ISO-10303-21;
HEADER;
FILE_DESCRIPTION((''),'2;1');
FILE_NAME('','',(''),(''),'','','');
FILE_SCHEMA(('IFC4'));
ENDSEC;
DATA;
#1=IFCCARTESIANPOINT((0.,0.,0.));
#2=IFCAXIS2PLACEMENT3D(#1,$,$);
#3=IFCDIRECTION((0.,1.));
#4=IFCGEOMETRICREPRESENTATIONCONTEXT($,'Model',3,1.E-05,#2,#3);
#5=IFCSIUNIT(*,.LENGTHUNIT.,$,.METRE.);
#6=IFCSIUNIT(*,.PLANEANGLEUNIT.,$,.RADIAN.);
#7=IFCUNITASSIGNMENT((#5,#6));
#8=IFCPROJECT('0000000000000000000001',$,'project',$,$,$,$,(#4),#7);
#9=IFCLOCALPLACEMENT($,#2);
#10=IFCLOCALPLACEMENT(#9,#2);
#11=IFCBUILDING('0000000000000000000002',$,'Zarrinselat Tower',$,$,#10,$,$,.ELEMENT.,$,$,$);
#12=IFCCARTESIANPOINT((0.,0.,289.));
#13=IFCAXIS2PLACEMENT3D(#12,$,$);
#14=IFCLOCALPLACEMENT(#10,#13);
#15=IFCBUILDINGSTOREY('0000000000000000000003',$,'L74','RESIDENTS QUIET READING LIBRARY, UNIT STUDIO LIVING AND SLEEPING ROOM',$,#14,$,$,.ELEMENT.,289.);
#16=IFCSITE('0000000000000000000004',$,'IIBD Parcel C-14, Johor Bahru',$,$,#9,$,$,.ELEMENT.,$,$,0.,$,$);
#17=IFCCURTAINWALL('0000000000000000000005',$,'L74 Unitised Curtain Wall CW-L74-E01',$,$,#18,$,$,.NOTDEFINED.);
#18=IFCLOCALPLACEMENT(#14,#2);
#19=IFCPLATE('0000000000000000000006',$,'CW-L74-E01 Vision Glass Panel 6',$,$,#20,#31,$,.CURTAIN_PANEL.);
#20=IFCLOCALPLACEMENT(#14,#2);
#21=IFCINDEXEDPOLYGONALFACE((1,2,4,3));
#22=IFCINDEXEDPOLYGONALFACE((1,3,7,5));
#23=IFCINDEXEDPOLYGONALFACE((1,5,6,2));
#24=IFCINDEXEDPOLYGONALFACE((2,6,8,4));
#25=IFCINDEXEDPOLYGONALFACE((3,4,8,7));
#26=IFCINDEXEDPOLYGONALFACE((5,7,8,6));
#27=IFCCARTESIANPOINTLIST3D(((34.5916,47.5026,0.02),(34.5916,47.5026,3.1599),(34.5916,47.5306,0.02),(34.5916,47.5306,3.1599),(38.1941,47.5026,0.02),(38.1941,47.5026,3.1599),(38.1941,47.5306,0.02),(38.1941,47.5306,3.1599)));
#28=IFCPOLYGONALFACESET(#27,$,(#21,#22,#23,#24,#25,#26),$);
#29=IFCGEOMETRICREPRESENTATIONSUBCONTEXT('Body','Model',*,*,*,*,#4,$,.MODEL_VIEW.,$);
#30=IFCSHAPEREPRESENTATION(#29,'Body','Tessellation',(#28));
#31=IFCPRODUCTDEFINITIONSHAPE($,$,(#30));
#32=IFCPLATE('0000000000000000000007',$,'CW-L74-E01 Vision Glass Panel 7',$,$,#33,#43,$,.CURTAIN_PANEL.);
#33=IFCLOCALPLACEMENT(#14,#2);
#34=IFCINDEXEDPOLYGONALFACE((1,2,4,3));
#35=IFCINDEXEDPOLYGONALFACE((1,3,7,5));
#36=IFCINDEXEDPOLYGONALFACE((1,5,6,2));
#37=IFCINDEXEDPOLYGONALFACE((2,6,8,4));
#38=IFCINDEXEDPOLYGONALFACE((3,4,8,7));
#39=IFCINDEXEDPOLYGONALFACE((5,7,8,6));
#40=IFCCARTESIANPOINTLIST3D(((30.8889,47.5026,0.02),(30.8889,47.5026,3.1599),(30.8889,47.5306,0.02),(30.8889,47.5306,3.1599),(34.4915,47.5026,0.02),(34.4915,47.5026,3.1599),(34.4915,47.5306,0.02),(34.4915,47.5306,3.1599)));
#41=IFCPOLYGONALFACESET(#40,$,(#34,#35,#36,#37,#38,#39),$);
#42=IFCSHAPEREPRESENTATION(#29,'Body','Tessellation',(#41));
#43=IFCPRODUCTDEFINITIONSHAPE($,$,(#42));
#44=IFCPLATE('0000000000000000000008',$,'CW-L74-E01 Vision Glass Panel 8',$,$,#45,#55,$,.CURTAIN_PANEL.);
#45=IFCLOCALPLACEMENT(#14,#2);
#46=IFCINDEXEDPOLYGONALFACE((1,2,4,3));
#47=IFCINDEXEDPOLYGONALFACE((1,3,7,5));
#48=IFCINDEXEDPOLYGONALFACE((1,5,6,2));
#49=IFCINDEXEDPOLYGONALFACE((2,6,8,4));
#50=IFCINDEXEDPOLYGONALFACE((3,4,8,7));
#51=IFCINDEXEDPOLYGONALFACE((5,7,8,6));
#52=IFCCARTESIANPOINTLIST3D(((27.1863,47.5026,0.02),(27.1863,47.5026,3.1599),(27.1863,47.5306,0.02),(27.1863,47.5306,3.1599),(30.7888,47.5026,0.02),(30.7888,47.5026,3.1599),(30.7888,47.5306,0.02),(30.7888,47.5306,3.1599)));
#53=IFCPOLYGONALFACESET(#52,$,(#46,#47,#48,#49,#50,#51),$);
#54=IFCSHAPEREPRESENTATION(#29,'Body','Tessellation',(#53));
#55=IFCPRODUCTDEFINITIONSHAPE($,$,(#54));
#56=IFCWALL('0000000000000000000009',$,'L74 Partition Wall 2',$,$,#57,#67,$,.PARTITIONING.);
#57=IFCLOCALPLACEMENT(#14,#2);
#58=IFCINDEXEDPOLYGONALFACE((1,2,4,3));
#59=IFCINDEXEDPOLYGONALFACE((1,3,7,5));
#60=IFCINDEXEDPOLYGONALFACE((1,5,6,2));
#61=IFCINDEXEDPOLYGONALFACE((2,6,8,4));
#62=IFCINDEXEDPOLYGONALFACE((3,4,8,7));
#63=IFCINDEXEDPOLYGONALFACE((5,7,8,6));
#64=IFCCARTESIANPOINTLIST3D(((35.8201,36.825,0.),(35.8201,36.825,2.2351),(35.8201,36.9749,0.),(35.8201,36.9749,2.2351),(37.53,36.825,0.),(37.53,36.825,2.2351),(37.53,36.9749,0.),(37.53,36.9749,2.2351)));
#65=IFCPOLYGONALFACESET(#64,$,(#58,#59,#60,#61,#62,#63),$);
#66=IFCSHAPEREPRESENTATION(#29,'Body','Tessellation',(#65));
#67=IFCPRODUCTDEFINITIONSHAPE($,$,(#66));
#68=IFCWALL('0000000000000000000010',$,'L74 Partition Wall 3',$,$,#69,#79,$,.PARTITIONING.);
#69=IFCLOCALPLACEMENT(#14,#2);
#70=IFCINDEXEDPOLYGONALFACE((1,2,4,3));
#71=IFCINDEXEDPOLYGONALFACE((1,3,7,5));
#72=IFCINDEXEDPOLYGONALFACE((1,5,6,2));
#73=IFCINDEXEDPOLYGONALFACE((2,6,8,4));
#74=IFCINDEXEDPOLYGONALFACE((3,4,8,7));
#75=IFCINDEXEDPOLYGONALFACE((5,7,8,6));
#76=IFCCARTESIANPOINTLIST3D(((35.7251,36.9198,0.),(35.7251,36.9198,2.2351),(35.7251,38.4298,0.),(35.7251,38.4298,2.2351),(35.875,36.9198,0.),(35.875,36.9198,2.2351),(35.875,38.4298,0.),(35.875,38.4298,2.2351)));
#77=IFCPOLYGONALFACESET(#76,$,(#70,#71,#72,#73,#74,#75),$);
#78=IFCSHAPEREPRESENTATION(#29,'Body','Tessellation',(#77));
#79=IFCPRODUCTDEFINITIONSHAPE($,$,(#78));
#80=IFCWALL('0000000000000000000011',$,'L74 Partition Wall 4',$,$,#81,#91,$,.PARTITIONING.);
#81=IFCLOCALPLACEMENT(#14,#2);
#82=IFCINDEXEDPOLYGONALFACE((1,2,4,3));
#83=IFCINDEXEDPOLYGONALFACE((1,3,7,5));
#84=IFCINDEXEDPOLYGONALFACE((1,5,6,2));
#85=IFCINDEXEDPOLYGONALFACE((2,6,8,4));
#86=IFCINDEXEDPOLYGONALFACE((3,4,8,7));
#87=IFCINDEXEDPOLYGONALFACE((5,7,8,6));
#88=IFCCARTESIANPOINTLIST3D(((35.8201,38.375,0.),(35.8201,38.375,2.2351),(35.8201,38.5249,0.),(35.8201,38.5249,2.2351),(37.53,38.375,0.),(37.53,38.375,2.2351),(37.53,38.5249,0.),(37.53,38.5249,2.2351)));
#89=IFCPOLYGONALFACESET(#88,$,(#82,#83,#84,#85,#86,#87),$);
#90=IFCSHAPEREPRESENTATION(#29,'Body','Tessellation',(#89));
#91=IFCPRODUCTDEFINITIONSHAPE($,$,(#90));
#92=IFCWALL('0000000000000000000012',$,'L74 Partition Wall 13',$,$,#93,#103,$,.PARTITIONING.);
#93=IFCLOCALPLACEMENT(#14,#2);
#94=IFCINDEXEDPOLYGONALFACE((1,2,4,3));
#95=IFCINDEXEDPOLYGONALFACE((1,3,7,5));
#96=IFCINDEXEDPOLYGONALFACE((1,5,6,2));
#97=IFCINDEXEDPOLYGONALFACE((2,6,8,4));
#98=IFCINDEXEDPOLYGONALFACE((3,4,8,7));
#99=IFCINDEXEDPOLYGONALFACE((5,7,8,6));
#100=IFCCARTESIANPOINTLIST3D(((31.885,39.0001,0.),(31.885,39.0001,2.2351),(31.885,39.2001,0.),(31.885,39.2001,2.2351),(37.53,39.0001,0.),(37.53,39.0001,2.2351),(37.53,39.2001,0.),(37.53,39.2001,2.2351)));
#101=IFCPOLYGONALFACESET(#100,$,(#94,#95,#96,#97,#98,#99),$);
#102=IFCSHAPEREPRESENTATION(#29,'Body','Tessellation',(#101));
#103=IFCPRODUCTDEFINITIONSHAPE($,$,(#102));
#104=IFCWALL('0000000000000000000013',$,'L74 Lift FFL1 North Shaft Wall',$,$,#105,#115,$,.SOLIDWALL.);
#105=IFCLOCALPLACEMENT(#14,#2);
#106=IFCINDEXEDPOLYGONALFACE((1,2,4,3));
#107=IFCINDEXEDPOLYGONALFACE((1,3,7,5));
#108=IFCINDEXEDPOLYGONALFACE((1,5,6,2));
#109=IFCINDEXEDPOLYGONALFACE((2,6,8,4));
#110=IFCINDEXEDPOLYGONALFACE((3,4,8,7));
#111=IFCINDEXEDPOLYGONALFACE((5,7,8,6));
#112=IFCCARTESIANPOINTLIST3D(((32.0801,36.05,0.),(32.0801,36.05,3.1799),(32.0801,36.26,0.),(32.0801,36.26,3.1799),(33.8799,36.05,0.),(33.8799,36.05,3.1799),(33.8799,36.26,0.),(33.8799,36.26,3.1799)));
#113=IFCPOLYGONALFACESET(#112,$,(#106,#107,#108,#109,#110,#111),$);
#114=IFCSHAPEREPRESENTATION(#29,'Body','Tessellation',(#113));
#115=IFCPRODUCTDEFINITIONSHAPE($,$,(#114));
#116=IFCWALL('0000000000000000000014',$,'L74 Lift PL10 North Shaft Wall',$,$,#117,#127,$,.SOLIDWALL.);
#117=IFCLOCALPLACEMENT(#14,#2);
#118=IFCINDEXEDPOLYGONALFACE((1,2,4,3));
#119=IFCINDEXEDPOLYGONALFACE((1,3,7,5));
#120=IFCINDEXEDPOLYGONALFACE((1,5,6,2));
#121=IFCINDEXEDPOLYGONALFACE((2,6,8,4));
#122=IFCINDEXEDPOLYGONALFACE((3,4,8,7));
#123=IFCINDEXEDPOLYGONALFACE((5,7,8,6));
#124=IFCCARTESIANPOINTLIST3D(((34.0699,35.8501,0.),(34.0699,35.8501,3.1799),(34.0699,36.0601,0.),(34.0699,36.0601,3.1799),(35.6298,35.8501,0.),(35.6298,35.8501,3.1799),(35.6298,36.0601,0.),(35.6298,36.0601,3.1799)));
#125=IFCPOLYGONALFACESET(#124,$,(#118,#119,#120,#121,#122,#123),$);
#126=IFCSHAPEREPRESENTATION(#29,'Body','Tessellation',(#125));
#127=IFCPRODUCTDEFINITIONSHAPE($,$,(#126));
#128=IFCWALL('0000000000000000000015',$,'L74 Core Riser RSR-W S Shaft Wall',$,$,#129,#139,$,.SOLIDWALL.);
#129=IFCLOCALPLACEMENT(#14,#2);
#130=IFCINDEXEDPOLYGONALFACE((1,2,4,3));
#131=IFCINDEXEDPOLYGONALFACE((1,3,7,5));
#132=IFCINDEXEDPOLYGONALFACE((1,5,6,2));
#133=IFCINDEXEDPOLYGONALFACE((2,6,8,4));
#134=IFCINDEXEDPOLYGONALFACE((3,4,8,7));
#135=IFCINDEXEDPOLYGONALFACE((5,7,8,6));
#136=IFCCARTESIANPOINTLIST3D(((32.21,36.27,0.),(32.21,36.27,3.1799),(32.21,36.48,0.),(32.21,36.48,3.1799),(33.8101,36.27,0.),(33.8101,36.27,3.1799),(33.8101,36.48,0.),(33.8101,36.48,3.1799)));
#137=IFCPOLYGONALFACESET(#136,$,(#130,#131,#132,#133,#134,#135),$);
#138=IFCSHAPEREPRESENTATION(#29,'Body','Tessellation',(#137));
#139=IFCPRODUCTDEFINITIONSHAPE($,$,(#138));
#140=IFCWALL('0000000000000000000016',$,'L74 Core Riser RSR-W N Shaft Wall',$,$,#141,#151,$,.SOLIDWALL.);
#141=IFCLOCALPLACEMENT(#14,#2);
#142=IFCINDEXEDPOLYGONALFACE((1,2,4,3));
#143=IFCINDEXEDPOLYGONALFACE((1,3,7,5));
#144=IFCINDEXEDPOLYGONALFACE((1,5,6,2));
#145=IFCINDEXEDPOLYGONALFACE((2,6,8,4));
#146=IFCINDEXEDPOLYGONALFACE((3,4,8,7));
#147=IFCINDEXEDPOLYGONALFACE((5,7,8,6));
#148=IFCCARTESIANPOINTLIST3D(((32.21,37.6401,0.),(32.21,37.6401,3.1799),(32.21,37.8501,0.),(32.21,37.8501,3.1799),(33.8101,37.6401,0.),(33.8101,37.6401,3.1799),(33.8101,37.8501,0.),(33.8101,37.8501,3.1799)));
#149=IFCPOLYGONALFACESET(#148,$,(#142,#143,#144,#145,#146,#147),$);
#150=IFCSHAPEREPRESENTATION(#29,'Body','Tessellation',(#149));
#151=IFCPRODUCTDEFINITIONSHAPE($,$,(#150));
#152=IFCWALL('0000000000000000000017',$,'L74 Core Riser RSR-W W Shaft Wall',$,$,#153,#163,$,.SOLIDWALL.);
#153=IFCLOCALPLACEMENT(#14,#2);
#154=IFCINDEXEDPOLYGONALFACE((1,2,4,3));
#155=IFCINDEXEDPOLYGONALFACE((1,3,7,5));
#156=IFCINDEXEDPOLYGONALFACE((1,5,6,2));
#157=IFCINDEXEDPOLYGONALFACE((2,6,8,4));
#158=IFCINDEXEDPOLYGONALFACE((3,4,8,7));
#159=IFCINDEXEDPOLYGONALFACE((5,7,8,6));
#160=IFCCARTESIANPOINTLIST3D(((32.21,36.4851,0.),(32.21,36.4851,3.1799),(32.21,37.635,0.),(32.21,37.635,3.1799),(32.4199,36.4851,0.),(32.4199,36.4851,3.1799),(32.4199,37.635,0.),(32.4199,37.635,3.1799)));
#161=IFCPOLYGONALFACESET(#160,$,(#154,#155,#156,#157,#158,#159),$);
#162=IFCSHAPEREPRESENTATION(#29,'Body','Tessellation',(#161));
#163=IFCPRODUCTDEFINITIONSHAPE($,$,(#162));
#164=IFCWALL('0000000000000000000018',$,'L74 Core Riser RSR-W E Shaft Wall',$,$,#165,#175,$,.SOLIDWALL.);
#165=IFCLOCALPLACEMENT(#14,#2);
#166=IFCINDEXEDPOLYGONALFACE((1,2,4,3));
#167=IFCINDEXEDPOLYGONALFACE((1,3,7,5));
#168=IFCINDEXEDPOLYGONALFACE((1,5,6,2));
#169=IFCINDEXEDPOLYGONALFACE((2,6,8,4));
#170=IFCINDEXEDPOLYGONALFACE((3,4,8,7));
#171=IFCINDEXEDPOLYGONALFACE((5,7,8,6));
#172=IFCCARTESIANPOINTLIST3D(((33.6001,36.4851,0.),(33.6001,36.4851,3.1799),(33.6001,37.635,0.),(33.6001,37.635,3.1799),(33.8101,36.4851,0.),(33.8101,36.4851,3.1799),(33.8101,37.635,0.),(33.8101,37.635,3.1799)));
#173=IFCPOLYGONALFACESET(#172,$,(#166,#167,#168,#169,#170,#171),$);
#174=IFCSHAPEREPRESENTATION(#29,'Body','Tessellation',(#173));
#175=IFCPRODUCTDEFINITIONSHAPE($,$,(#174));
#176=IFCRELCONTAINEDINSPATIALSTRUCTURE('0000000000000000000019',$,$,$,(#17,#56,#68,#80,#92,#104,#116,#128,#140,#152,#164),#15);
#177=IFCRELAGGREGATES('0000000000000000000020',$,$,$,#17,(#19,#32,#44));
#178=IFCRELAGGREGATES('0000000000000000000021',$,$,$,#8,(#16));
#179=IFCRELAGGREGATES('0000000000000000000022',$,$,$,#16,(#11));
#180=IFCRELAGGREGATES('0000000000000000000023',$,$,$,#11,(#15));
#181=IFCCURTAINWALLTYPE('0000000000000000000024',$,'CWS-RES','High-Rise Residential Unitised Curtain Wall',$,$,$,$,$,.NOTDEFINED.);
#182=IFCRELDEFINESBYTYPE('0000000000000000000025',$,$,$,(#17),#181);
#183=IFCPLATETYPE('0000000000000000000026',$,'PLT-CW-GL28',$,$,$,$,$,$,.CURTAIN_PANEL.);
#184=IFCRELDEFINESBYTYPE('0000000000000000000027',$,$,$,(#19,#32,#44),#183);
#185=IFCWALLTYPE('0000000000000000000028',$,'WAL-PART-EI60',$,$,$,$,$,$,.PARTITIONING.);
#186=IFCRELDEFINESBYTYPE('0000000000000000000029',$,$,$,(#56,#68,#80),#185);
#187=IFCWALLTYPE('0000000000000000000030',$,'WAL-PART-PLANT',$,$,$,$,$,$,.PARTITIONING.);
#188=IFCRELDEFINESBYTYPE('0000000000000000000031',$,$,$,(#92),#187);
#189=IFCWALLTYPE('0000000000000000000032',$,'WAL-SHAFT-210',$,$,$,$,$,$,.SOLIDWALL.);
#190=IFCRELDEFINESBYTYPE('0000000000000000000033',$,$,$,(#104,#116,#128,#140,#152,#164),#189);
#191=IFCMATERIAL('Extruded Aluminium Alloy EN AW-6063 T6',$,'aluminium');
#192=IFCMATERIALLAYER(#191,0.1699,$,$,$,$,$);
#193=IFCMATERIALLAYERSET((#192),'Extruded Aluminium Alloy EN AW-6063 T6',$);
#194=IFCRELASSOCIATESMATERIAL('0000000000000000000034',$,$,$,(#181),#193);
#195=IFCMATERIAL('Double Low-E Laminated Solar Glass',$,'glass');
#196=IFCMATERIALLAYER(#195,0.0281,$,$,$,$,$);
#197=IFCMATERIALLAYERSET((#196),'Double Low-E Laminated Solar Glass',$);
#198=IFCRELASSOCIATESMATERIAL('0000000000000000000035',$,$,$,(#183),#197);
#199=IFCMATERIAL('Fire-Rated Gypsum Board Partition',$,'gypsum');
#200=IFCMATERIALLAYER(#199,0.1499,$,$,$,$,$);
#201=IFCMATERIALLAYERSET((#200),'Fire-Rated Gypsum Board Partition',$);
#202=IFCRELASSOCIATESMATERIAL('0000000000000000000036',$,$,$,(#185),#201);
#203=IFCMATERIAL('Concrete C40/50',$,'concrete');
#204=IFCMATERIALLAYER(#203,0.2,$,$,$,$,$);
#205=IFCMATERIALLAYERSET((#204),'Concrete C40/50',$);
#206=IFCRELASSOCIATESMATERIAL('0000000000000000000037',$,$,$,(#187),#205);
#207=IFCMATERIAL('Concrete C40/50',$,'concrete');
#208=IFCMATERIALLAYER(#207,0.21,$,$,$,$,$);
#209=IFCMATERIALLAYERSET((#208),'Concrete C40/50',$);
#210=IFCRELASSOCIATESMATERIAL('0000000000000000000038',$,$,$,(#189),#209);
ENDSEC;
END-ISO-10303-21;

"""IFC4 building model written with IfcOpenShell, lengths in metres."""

from ifc_helpers import new_model, si_unit, direction, frame, frame_2d, origin, origin_2d, place, context, subcontext, project, spatial, rectangle, extrude, material, layer, layer_set, type_object, element, aggregate, save


model = new_model("IFC4")

# Units and contexts
model_context = context("Model", 3, precision=1e-05, world=origin(), true_north=direction((0.0, 1.0)))
body_context = subcontext(model_context, "Body", "Model", "MODEL_VIEW")
ifc_project = project(units=[si_unit("LENGTHUNIT", "METRE"), si_unit("PLANEANGLEUNIT", "RADIAN")], contexts=[model_context])

# Site, building, storey
site_placement = place(None, origin())
site = spatial("IfcSite", under=ifc_project, at=site_placement, Name="IIBD Parcel C-14, Johor Bahru", CompositionType="ELEMENT", RefElevation=0.0)
building_placement = place(site_placement, origin())
building = spatial("IfcBuilding", under=site, at=building_placement, Name="Zarrinselat Tower", CompositionType="ELEMENT")
storey_placement = place(building_placement, frame((0.0, 0.0, 289.0)))
storey = spatial("IfcBuildingStorey", under=building, at=storey_placement, Name="L74", Description="RESIDENTS QUIET READING LIBRARY, UNIT STUDIO LIVING AND SLEEPING ROOM", CompositionType="ELEMENT", Elevation=289.0)

# Curtain wall, plates
ifc_material_1 = material(Name="Extruded Aluminium Alloy EN AW-6063 T6", Category="aluminium")
ifc_layer_1 = layer(ifc_material_1, 0.1699)
ifc_layer_set_1 = layer_set([ifc_layer_1], Name="Extruded Aluminium Alloy EN AW-6063 T6")
curtain_wall_type = type_object("IfcCurtainWallType", Name="CWS-RES", Description="High-Rise Residential Unitised Curtain Wall", PredefinedType="NOTDEFINED", material=ifc_layer_set_1)
curtain_wall_placement = place(storey_placement, origin())
curtain_wall = element("IfcCurtainWall", 1, at=curtain_wall_placement, inside=storey, type_object=curtain_wall_type, Name="L74 Unitised Curtain Wall CW-L74-E01", PredefinedType="NOTDEFINED")
ifc_material_2 = material(Name="Double Low-E Laminated Solar Glass", Category="glass")
ifc_layer_2 = layer(ifc_material_2, 0.0281)
ifc_layer_set_2 = layer_set([ifc_layer_2], Name="Double Low-E Laminated Solar Glass")
plate_type = type_object("IfcPlateType", Name="PLT-CW-GL28", PredefinedType="CURTAIN_PANEL", material=ifc_layer_set_2)
plate_1_placement = place(storey_placement, frame((36.3928, 47.5166, 0.02), z_axis=(0.0, 0.0, 1.0), x_axis=(-1.0, 0.0, 0.0)))
plate_1 = element("IfcPlate", 2, at=plate_1_placement, type_object=plate_type, Name="CW-L74-E01 Vision Glass Panel 6", PredefinedType="CURTAIN_PANEL", context=body_context, shape_type="SweptSolid", body=[
    extrude(rectangle(XDim=3.6025, YDim=0.0281, at=origin_2d()), origin(), (0.0, 0.0, 1.0), 3.1399),
])
plate_2_placement = place(storey_placement, frame((32.6902, 47.5166, 0.02), z_axis=(0.0, 0.0, 1.0), x_axis=(-1.0, 0.0, 0.0)))
plate_2 = element("IfcPlate", 3, at=plate_2_placement, type_object=plate_type, Name="CW-L74-E01 Vision Glass Panel 7", PredefinedType="CURTAIN_PANEL", context=body_context, shape_type="SweptSolid", body=[
    extrude(rectangle(XDim=3.6025, YDim=0.0281, at=origin_2d()), origin(), (0.0, 0.0, 1.0), 3.1399),
])
plate_3_placement = place(storey_placement, frame((28.9875, 47.5166, 0.02), z_axis=(0.0, 0.0, 1.0), x_axis=(-1.0, 0.0, 0.0)))
plate_3 = element("IfcPlate", 4, at=plate_3_placement, type_object=plate_type, Name="CW-L74-E01 Vision Glass Panel 8", PredefinedType="CURTAIN_PANEL", context=body_context, shape_type="SweptSolid", body=[
    extrude(rectangle(XDim=3.6025, YDim=0.0281, at=origin_2d()), origin(), (0.0, 0.0, 1.0), 3.1399),
])
aggregate(curtain_wall, [plate_1, plate_2, plate_3])

# Walls
ifc_material_3 = material(Name="Fire-Rated Gypsum Board Partition", Category="gypsum")
ifc_layer_3 = layer(ifc_material_3, 0.1499)
ifc_layer_set_3 = layer_set([ifc_layer_3], Name="Fire-Rated Gypsum Board Partition")
wall_type_1 = type_object("IfcWallType", Name="WAL-PART-EI60", PredefinedType="PARTITIONING", material=ifc_layer_set_3)
wall_1_placement = place(storey_placement, frame((35.8201, 36.8999, 0.0), z_axis=(0.0, 0.0, 1.0), x_axis=(1.0, 0.0, 0.0)))
element("IfcWall", 5, at=wall_1_placement, inside=storey, type_object=wall_type_1, Name="L74 Partition Wall 2", PredefinedType="PARTITIONING", context=body_context, shape_type="SweptSolid", body=[
    extrude(rectangle(XDim=1.71, YDim=0.1499, at=frame_2d((0.855, 0.0))), origin(), (0.0, 0.0, 1.0), 2.2351),
])
wall_2_placement = place(storey_placement, frame((35.8, 36.9199, 0.0), z_axis=(0.0, 0.0, 1.0), x_axis=(0.0, 1.0, 0.0)))
element("IfcWall", 6, at=wall_2_placement, inside=storey, type_object=wall_type_1, Name="L74 Partition Wall 3", PredefinedType="PARTITIONING", context=body_context, shape_type="SweptSolid", body=[
    extrude(rectangle(XDim=1.51, YDim=0.1499, at=frame_2d((0.7549, 0.0))), origin(), (0.0, 0.0, 1.0), 2.2351),
])
wall_3_placement = place(storey_placement, frame((35.8201, 38.45, 0.0), z_axis=(0.0, 0.0, 1.0), x_axis=(1.0, 0.0, 0.0)))
element("IfcWall", 7, at=wall_3_placement, inside=storey, type_object=wall_type_1, Name="L74 Partition Wall 4", PredefinedType="PARTITIONING", context=body_context, shape_type="SweptSolid", body=[
    extrude(rectangle(XDim=1.71, YDim=0.1499, at=frame_2d((0.855, 0.0))), origin(), (0.0, 0.0, 1.0), 2.2351),
])
ifc_material_4 = material(Name="Concrete C40/50", Category="concrete")
ifc_layer_4 = layer(ifc_material_4, 0.2)
ifc_layer_set_4 = layer_set([ifc_layer_4], Name="Concrete C40/50")
wall_type_2 = type_object("IfcWallType", Name="WAL-PART-PLANT", PredefinedType="PARTITIONING", material=ifc_layer_set_4)
wall_4_placement = place(storey_placement, frame((31.885, 39.1001, 0.0), z_axis=(0.0, 0.0, 1.0), x_axis=(1.0, 0.0, 0.0)))
element("IfcWall", 8, at=wall_4_placement, inside=storey, type_object=wall_type_2, Name="L74 Partition Wall 13", PredefinedType="PARTITIONING", context=body_context, shape_type="SweptSolid", body=[
    extrude(rectangle(XDim=5.645, YDim=0.2, at=frame_2d((2.8225, 0.0))), origin(), (0.0, 0.0, 1.0), 2.2351),
])
ifc_material_5 = material(Name="Concrete C40/50", Category="concrete")
ifc_layer_5 = layer(ifc_material_5, 0.21)
ifc_layer_set_5 = layer_set([ifc_layer_5], Name="Concrete C40/50")
wall_type_3 = type_object("IfcWallType", Name="WAL-SHAFT-210", PredefinedType="SOLIDWALL", material=ifc_layer_set_5)
wall_5_placement = place(storey_placement, frame((32.0801, 36.155, 0.0), z_axis=(0.0, 0.0, 1.0), x_axis=(1.0, 0.0, 0.0)))
element("IfcWall", 9, at=wall_5_placement, inside=storey, type_object=wall_type_3, Name="L74 Lift FFL1 North Shaft Wall", PredefinedType="SOLIDWALL", context=body_context, shape_type="SweptSolid", body=[
    extrude(rectangle(XDim=1.7998, YDim=0.21, at=frame_2d((0.8999, 0.0))), origin(), (0.0, 0.0, 1.0), 3.1799),
])
wall_6_placement = place(storey_placement, frame((34.0701, 35.9551, 0.0), z_axis=(0.0, 0.0, 1.0), x_axis=(1.0, 0.0, 0.0)))
element("IfcWall", 10, at=wall_6_placement, inside=storey, type_object=wall_type_3, Name="L74 Lift PL10 North Shaft Wall", PredefinedType="SOLIDWALL", context=body_context, shape_type="SweptSolid", body=[
    extrude(rectangle(XDim=1.5598, YDim=0.21, at=frame_2d((0.7798, 0.0))), origin(), (0.0, 0.0, 1.0), 3.1799),
])
for number, where, z_axis, x_axis, name in (
    (11, (32.21, 36.375, 0.0), (0.0, 0.0, 1.0), (1.0, 0.0, 0.0), "L74 Core Riser RSR-W S Shaft Wall"),
    (12, (32.21, 37.7451, 0.0), (0.0, 0.0, 1.0), (1.0, 0.0, 0.0), "L74 Core Riser RSR-W N Shaft Wall"),
):
    element("IfcWall", number, at=place(storey_placement, frame(where, z_axis=z_axis, x_axis=x_axis)), inside=storey, type_object=wall_type_3, Name=name, PredefinedType="SOLIDWALL", context=body_context, shape_type="SweptSolid", body=[
        extrude(rectangle(XDim=1.6001, YDim=0.21, at=frame_2d((0.8, 0.0))), origin(), (0.0, 0.0, 1.0), 3.1799),
    ])
for number, where, z_axis, x_axis, name in (
    (13, (32.3149, 36.4851, 0.0), (0.0, 0.0, 1.0), (0.0, 1.0, 0.0), "L74 Core Riser RSR-W W Shaft Wall"),
    (14, (33.7051, 36.4851, 0.0), (0.0, 0.0, 1.0), (0.0, 1.0, 0.0), "L74 Core Riser RSR-W E Shaft Wall"),
):
    element("IfcWall", number, at=place(storey_placement, frame(where, z_axis=z_axis, x_axis=x_axis)), inside=storey, type_object=wall_type_3, Name=name, PredefinedType="SOLIDWALL", context=body_context, shape_type="SweptSolid", body=[
        extrude(rectangle(XDim=1.1499, YDim=0.21, at=frame_2d((0.575, 0.0))), origin(), (0.0, 0.0, 1.0), 3.1799),
    ])

save(model, "model.ifc")
